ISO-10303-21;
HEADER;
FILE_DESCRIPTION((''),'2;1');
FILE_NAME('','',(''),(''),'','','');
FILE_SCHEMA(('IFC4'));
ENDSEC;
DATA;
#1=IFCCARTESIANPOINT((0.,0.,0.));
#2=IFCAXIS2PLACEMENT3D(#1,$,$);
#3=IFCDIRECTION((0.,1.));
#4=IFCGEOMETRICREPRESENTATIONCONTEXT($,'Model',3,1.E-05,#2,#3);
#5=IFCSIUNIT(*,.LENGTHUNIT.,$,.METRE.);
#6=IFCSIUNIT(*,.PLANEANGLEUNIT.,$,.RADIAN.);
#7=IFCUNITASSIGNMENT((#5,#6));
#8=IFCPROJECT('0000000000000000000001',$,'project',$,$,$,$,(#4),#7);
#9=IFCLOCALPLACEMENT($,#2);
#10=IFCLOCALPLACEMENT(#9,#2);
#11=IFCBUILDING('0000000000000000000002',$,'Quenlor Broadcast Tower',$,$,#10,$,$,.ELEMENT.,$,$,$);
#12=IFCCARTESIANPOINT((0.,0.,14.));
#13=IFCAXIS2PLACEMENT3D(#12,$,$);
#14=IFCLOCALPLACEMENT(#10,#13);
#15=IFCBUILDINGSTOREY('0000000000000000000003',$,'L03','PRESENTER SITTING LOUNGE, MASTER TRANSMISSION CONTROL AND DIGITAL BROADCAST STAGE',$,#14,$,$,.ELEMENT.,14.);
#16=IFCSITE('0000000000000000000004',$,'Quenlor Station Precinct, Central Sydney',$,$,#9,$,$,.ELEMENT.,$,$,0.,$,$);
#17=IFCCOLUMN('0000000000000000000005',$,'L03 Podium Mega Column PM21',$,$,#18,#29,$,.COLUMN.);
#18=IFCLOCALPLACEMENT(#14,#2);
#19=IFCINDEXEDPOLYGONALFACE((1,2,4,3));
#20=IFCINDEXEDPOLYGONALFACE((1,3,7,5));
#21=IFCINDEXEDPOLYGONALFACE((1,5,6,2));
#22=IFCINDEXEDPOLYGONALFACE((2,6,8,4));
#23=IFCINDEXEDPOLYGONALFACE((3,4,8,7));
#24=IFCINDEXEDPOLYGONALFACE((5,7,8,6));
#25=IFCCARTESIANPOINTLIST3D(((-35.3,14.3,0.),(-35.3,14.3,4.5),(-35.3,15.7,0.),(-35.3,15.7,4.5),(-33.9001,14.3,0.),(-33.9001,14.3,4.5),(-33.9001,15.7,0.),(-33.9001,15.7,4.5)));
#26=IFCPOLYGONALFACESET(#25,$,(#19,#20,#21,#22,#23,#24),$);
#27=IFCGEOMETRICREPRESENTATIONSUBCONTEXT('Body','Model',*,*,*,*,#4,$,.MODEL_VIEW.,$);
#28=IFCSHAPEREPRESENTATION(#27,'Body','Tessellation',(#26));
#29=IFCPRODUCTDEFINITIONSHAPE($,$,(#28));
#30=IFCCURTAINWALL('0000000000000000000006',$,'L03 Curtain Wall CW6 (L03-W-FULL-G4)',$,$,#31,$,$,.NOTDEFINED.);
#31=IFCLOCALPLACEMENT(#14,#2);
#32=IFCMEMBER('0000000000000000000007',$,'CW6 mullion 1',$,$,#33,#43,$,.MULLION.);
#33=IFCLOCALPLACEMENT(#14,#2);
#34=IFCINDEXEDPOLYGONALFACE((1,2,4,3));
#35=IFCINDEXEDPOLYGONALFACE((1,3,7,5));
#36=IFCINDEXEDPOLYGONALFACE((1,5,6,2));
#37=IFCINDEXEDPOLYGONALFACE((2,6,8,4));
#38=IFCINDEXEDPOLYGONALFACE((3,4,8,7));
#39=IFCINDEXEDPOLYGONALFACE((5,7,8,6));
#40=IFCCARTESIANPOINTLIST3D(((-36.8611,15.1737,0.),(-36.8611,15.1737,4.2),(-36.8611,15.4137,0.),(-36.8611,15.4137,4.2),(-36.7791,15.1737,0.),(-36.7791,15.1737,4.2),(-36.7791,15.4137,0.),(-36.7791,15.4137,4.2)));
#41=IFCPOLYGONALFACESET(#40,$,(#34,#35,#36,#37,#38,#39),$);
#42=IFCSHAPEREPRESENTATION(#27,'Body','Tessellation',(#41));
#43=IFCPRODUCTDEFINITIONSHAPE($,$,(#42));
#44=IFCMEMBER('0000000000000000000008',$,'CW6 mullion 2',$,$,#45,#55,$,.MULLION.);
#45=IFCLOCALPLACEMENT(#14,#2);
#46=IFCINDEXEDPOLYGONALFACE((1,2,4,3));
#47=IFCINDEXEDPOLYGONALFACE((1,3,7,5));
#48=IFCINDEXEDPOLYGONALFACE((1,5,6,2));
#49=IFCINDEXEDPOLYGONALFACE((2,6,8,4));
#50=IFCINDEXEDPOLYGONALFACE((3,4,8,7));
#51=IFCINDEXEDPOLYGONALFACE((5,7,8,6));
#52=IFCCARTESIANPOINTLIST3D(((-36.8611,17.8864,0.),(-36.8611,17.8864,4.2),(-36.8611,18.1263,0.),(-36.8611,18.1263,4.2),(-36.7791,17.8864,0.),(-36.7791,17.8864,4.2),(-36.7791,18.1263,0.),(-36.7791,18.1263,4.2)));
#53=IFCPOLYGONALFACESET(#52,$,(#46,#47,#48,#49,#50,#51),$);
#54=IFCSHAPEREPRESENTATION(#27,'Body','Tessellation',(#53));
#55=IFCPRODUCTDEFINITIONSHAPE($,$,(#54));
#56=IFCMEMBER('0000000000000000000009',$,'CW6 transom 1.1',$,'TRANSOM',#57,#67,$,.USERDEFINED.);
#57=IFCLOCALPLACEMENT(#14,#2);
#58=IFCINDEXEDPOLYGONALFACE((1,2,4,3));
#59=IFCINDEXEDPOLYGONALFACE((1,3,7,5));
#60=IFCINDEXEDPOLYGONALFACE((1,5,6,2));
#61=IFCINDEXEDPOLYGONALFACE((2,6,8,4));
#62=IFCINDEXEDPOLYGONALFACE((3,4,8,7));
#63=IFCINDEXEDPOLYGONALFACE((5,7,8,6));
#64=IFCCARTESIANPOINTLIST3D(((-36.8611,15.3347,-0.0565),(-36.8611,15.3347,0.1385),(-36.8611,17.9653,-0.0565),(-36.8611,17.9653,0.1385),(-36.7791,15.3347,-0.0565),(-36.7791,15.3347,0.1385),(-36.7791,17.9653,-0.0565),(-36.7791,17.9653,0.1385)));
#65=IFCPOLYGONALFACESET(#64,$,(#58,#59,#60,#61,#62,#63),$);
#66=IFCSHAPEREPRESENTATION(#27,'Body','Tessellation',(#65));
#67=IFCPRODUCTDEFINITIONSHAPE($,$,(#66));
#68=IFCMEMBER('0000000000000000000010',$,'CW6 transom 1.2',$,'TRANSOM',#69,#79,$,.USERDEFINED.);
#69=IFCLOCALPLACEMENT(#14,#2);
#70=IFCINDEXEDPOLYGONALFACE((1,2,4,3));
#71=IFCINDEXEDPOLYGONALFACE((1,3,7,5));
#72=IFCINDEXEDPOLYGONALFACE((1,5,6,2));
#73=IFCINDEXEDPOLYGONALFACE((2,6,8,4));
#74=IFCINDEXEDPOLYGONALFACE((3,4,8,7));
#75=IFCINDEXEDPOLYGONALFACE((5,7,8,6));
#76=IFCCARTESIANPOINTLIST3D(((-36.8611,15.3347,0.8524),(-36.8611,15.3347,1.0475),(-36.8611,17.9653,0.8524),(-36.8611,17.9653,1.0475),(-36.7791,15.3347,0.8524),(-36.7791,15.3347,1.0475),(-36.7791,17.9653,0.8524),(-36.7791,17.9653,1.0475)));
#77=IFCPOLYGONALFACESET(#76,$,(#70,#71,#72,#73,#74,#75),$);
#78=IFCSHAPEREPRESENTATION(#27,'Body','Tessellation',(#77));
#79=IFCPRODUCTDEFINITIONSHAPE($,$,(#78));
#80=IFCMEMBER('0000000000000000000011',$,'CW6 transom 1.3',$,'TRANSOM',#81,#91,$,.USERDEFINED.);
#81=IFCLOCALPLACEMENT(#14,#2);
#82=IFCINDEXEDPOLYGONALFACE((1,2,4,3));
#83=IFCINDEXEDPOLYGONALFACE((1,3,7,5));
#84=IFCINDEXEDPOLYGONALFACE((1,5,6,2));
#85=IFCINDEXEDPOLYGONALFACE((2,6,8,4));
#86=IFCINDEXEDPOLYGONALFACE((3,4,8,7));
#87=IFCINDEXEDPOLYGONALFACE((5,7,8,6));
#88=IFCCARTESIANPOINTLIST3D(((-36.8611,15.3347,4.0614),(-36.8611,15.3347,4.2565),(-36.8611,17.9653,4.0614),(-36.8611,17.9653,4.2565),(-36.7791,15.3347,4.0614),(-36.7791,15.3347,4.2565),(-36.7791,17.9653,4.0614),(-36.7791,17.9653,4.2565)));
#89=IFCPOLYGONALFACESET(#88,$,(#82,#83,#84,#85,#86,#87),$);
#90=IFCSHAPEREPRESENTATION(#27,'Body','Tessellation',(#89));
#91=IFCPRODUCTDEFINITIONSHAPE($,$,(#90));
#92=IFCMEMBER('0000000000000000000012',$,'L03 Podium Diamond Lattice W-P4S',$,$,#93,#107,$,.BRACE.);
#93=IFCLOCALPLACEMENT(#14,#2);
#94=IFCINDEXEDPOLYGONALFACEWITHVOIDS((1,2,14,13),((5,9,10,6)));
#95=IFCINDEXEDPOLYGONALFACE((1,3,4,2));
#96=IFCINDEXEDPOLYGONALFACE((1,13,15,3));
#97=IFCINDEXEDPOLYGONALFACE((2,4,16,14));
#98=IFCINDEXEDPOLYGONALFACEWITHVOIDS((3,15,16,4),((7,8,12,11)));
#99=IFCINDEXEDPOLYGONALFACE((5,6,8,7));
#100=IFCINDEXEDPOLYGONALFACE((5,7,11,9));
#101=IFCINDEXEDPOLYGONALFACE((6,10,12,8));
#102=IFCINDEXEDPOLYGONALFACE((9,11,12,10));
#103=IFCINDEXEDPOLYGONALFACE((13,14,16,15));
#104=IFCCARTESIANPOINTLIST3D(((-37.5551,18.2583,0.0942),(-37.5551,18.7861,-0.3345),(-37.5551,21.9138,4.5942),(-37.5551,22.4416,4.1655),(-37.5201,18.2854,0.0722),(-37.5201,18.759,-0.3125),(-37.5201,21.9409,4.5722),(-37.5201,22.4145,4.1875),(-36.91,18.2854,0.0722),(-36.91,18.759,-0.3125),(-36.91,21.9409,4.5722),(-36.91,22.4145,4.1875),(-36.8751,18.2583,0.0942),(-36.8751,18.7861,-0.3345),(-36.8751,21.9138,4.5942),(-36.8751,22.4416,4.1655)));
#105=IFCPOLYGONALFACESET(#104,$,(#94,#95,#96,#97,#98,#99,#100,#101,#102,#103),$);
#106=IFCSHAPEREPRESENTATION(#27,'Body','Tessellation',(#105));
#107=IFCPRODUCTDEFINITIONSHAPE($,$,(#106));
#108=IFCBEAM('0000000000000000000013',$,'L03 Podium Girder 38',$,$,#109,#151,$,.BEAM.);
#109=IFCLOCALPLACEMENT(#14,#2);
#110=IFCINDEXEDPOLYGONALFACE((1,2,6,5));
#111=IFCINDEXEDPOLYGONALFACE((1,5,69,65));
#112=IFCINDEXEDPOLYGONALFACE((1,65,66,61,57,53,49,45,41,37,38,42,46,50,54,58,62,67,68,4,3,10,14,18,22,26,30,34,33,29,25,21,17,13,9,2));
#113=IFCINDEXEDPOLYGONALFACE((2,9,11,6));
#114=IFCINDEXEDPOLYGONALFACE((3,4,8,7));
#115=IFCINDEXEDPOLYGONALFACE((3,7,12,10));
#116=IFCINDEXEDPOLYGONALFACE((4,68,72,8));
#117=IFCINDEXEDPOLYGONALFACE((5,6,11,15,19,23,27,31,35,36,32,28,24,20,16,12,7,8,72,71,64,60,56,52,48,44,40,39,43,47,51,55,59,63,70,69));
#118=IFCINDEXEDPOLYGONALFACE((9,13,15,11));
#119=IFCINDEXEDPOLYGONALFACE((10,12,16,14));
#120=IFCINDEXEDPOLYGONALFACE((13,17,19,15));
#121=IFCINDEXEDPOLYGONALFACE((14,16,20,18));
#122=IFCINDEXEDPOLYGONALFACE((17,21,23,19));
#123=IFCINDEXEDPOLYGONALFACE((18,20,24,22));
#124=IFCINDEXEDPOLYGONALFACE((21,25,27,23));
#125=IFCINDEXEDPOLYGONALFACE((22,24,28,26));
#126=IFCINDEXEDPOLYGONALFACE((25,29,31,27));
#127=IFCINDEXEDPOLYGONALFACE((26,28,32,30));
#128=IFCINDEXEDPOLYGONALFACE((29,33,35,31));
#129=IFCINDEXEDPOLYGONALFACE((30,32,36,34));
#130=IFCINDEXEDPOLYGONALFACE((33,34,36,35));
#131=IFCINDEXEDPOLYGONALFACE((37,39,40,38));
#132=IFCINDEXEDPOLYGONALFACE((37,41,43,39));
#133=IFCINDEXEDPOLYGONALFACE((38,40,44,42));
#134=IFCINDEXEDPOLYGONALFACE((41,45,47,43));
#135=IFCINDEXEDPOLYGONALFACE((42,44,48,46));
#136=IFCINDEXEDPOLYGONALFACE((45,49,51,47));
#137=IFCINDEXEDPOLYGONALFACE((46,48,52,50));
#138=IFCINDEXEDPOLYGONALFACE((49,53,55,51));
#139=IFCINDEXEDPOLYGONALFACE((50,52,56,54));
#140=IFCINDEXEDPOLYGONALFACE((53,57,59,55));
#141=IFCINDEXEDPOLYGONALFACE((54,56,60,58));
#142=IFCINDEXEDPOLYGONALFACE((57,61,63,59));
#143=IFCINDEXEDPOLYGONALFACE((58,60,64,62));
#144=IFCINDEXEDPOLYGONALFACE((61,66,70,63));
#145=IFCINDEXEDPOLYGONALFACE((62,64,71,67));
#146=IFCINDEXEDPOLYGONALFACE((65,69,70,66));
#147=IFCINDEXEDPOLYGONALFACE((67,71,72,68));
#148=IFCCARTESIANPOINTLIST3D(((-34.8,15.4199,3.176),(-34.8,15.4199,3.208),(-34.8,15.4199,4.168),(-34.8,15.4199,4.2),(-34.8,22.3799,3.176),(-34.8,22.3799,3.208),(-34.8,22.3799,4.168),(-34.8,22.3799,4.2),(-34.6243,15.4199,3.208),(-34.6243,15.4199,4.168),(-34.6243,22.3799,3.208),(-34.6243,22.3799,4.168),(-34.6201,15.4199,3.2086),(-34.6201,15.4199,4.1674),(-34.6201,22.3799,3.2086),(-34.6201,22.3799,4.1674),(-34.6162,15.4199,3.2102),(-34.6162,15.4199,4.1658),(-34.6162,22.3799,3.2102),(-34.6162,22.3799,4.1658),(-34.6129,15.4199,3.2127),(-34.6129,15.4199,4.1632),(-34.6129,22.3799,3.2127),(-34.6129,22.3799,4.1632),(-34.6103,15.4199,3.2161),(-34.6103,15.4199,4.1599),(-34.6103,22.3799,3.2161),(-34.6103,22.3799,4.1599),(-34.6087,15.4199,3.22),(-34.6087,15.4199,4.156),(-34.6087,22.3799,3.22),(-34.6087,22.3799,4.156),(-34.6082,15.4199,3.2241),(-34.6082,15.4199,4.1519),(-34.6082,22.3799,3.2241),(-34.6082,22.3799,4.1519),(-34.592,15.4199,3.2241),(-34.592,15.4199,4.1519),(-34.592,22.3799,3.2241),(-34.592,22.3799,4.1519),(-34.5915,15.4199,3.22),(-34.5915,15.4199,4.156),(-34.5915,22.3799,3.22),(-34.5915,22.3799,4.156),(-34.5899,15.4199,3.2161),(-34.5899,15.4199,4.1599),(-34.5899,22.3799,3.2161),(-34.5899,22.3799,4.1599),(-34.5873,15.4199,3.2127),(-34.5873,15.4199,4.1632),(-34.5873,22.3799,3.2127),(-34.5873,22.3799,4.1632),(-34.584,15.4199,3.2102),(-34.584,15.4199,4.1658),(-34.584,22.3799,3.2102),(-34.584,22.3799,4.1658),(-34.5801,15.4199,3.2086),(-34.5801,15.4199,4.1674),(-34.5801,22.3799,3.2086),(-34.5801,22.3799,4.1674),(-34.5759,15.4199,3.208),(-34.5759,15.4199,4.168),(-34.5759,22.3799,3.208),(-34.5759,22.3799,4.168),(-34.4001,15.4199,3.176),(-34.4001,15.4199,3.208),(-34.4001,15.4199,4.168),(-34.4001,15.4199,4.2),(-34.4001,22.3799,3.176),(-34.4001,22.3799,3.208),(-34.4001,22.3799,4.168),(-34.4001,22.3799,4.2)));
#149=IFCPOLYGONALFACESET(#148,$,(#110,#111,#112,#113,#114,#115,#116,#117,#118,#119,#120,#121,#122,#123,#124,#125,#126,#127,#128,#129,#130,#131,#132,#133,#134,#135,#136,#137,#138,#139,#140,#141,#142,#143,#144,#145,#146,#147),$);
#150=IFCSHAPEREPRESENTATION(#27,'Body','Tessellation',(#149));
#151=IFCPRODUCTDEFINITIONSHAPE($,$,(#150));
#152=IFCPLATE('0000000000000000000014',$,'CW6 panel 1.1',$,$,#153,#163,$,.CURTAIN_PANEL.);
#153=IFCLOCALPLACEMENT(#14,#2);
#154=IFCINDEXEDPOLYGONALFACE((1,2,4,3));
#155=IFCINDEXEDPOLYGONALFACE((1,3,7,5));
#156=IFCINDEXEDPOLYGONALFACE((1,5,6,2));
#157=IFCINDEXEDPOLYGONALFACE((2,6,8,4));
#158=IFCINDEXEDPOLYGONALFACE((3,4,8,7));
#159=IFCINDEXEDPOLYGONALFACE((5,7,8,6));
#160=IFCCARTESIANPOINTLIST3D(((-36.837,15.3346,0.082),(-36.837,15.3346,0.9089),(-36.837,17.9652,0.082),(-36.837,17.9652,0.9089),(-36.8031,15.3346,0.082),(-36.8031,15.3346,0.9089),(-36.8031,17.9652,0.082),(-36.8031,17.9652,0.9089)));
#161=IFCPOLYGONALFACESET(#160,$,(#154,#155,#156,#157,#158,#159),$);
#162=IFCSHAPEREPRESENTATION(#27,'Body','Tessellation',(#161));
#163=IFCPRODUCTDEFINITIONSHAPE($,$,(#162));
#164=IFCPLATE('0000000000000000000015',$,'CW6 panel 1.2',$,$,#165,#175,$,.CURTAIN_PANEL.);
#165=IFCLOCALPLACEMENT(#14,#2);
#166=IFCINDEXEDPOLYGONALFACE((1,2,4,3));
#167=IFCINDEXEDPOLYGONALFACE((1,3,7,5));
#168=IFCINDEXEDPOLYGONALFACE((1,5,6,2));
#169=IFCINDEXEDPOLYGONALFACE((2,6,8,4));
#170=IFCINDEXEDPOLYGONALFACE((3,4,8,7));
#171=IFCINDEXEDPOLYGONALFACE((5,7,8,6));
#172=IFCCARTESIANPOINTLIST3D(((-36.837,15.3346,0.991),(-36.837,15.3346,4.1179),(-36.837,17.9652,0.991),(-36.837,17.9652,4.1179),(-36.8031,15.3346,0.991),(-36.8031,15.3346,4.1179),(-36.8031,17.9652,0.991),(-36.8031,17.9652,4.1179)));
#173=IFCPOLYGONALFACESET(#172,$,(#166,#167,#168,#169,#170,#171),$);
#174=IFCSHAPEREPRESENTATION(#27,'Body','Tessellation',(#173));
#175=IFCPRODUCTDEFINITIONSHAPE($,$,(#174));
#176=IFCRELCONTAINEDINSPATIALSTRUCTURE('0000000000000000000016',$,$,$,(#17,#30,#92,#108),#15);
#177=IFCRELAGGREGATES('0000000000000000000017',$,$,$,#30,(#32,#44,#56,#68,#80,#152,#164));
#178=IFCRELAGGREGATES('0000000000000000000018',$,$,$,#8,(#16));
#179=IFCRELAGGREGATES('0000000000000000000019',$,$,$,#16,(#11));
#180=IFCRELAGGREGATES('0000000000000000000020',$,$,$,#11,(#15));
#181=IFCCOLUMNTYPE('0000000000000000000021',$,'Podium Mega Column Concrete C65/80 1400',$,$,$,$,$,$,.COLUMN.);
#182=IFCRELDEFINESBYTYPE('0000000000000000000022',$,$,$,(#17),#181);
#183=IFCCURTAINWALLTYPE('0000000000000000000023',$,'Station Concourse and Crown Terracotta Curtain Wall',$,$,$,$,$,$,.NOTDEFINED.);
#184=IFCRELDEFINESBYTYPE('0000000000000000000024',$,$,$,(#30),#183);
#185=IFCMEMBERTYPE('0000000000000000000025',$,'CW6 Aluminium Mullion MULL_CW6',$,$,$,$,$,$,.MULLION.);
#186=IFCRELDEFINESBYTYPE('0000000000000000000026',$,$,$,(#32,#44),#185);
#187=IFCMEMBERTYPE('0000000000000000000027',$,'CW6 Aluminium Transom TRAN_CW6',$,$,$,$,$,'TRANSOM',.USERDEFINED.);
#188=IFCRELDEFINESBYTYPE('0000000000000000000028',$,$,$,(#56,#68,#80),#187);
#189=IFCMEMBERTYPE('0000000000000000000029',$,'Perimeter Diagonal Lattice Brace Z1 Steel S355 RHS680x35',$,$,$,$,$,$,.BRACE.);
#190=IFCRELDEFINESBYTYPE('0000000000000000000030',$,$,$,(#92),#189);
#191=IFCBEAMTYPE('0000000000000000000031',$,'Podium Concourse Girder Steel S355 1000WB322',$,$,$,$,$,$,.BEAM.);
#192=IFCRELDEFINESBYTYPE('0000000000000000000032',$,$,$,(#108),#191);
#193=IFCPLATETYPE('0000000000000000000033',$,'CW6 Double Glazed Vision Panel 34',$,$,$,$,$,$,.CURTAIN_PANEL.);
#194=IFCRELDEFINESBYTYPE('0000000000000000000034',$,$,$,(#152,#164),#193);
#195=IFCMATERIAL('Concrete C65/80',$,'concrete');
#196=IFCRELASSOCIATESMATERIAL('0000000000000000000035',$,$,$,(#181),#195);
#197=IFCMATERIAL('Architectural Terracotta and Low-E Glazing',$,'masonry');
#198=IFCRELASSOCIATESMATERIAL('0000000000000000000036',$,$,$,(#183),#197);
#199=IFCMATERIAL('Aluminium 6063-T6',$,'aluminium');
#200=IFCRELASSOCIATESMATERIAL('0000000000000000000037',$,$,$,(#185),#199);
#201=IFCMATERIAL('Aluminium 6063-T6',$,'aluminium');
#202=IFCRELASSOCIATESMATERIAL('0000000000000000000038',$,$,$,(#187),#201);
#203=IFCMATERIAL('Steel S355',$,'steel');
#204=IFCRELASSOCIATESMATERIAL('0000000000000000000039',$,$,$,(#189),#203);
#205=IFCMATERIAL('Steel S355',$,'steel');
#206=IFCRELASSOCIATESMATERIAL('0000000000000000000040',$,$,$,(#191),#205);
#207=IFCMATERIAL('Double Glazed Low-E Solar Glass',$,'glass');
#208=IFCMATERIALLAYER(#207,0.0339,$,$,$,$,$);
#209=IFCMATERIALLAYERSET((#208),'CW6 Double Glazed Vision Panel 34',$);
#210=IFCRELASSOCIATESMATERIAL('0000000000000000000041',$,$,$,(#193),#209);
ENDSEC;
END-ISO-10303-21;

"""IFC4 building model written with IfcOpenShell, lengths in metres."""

from ifc_helpers import new_model, si_unit, direction, frame, origin, origin_2d, place, context, subcontext, project, spatial, rectangle, hollow_rectangle, i_section, extrude, material, layer, layer_set, material_profile, profile_set, type_object, element, aggregate, save


model = new_model("IFC4")

# Units and contexts
model_context = context("Model", 3, precision=1e-05, world=origin(), true_north=direction((0.0, 1.0)))
body_context = subcontext(model_context, "Body", "Model", "MODEL_VIEW")
ifc_project = project(units=[si_unit("LENGTHUNIT", "METRE"), si_unit("PLANEANGLEUNIT", "RADIAN")], contexts=[model_context])

# Site, building, storey
site_placement = place(None, origin())
site = spatial("IfcSite", under=ifc_project, at=site_placement, Name="Quenlor Station Precinct, Central Sydney", CompositionType="ELEMENT", RefElevation=0.0)
building_placement = place(site_placement, origin())
building = spatial("IfcBuilding", under=site, at=building_placement, Name="Quenlor Broadcast Tower", CompositionType="ELEMENT")
storey_placement = place(building_placement, frame((0.0, 0.0, 14.0)))
storey = spatial("IfcBuildingStorey", under=building, at=storey_placement, Name="L03", Description="PRESENTER SITTING LOUNGE, MASTER TRANSMISSION CONTROL AND DIGITAL BROADCAST STAGE", CompositionType="ELEMENT", Elevation=14.0)

# Column
ifc_material_1 = material(Name="Concrete C65/80", Category="concrete")
ifc_material_profile_1 = material_profile(ifc_material_1, rectangle(XDim=1.3999, YDim=1.3999, at=origin_2d()))
ifc_profile_set_1 = profile_set([ifc_material_profile_1], Name="Concrete C65/80 RC1400x1400")
column_type = type_object("IfcColumnType", Name="Podium Mega Column Concrete C65/80 1400", PredefinedType="COLUMN", material=ifc_profile_set_1)
column_placement = place(storey_placement, frame((-34.6001, 15.0, 0.0), z_axis=(0.0, 0.0, 1.0), x_axis=(1.0, 0.0, 0.0)))
element("IfcColumn", 1, at=column_placement, inside=storey, type_object=column_type, Name="L03 Podium Mega Column PM21", PredefinedType="COLUMN", context=body_context, shape_type="SweptSolid", body=[
    extrude(rectangle(XDim=1.3999, YDim=1.3999, at=origin_2d()), origin(), (0.0, 0.0, 1.0), 4.5),
])

# Curtain wall, members
ifc_material_2 = material(Name="Architectural Terracotta and Low-E Glazing", Category="masonry")
curtain_wall_type = type_object("IfcCurtainWallType", Name="Station Concourse and Crown Terracotta Curtain Wall", PredefinedType="NOTDEFINED", material=ifc_material_2)
curtain_wall_placement = place(storey_placement, origin())
curtain_wall = element("IfcCurtainWall", 2, at=curtain_wall_placement, inside=storey, type_object=curtain_wall_type, Name="L03 Curtain Wall CW6 (L03-W-FULL-G4)", PredefinedType="NOTDEFINED")
ifc_material_3 = material(Name="Aluminium 6063-T6", Category="aluminium")
ifc_material_profile_2 = material_profile(ifc_material_3, rectangle(XDim=0.082, YDim=0.24, at=origin_2d()))
ifc_profile_set_2 = profile_set([ifc_material_profile_2], Name="Aluminium 6063-T6 MULL82x240")
member_type_1 = type_object("IfcMemberType", Name="CW6 Aluminium Mullion MULL_CW6", PredefinedType="MULLION", material=ifc_profile_set_2)
member_1_placement = place(storey_placement, frame((-36.8201, 15.2937, 0.0), z_axis=(0.0, 0.0, 1.0), x_axis=(-1.0, 0.0, 0.0)))
member_1 = element("IfcMember", 3, at=member_1_placement, type_object=member_type_1, Name="CW6 mullion 1", PredefinedType="MULLION", context=body_context, shape_type="SweptSolid", body=[
    extrude(rectangle(XDim=0.082, YDim=0.24, at=origin_2d()), origin(), (0.0, 0.0, 1.0), 4.2),
])
member_2_placement = place(storey_placement, frame((-36.8201, 18.0063, 0.0), z_axis=(0.0, 0.0, 1.0), x_axis=(-1.0, 0.0, 0.0)))
member_2 = element("IfcMember", 4, at=member_2_placement, type_object=member_type_1, Name="CW6 mullion 2", PredefinedType="MULLION", context=body_context, shape_type="SweptSolid", body=[
    extrude(rectangle(XDim=0.082, YDim=0.24, at=origin_2d()), origin(), (0.0, 0.0, 1.0), 4.2),
])
ifc_material_4 = material(Name="Aluminium 6063-T6", Category="aluminium")
ifc_material_profile_3 = material_profile(ifc_material_4, rectangle(XDim=0.082, YDim=0.1951, at=origin_2d()))
ifc_profile_set_3 = profile_set([ifc_material_profile_3], Name="Aluminium 6063-T6 TRAN82x195")
member_type_2 = type_object("IfcMemberType", Name="CW6 Aluminium Transom TRAN_CW6", ElementType="TRANSOM", PredefinedType="USERDEFINED", material=ifc_profile_set_3)
member_3_placement = place(storey_placement, frame((-36.8201, 15.3347, 0.041), z_axis=(0.0, 1.0, 0.0), x_axis=(-1.0, 0.0, 0.0)))
member_3 = element("IfcMember", 5, at=member_3_placement, type_object=member_type_2, Name="CW6 transom 1.1", ObjectType="TRANSOM", PredefinedType="USERDEFINED", context=body_context, shape_type="SweptSolid", body=[
    extrude(rectangle(XDim=0.082, YDim=0.1951, at=origin_2d()), origin(), (0.0, 0.0, 1.0), 2.6306),
])
member_4_placement = place(storey_placement, frame((-36.8201, 15.3347, 0.95), z_axis=(0.0, 1.0, 0.0), x_axis=(-1.0, 0.0, 0.0)))
member_4 = element("IfcMember", 6, at=member_4_placement, type_object=member_type_2, Name="CW6 transom 1.2", ObjectType="TRANSOM", PredefinedType="USERDEFINED", context=body_context, shape_type="SweptSolid", body=[
    extrude(rectangle(XDim=0.082, YDim=0.1951, at=origin_2d()), origin(), (0.0, 0.0, 1.0), 2.6306),
])
member_5_placement = place(storey_placement, frame((-36.8201, 15.3347, 4.1589), z_axis=(0.0, 1.0, 0.0), x_axis=(-1.0, 0.0, 0.0)))
member_5 = element("IfcMember", 7, at=member_5_placement, type_object=member_type_2, Name="CW6 transom 1.3", ObjectType="TRANSOM", PredefinedType="USERDEFINED", context=body_context, shape_type="SweptSolid", body=[
    extrude(rectangle(XDim=0.082, YDim=0.1951, at=origin_2d()), origin(), (0.0, 0.0, 1.0), 2.6306),
])

# Member
ifc_material_5 = material(Name="Steel S355", Category="steel")
ifc_material_profile_4 = material_profile(ifc_material_5, hollow_rectangle(XDim=0.6799, YDim=0.6799, WallThickness=0.0349, at=origin_2d()))
ifc_profile_set_4 = profile_set([ifc_material_profile_4], Name="Steel S355 RHS680x680x35")
member_type_3 = type_object("IfcMemberType", Name="Perimeter Diagonal Lattice Brace Z1 Steel S355 RHS680x35", PredefinedType="BRACE", material=ifc_profile_set_4)
member_6_placement = place(storey_placement, frame((-37.2151, 18.5222, -0.1201), z_axis=(0.0, 0.630517, 0.776176), x_axis=(-1.0, 0.0, 0.0)))
element("IfcMember", 8, at=member_6_placement, inside=storey, type_object=member_type_3, Name="L03 Podium Diamond Lattice W-P4S", PredefinedType="BRACE", context=body_context, shape_type="SweptSolid", body=[
    extrude(hollow_rectangle(XDim=0.6799, YDim=0.6799, WallThickness=0.0349, at=origin_2d()), origin(), (0.0, 0.0, 1.0), 5.7976),
])

# Beam
ifc_material_6 = material(Name="Steel S355", Category="steel")
ifc_material_profile_5 = material_profile(ifc_material_6, i_section(OverallWidth=0.3999, OverallDepth=1.0239, WebThickness=0.0161, FlangeThickness=0.032, FilletRadius=0.0161, at=origin_2d()))
ifc_profile_set_5 = profile_set([ifc_material_profile_5], Name="Steel S355 1000WB322")
beam_type = type_object("IfcBeamType", Name="Podium Concourse Girder Steel S355 1000WB322", PredefinedType="BEAM", material=ifc_profile_set_5)
beam_placement = place(storey_placement, frame((-34.6001, 15.4199, 3.688), z_axis=(0.0, 1.0, 0.0), x_axis=(-1.0, 0.0, 0.0)))
element("IfcBeam", 9, at=beam_placement, inside=storey, type_object=beam_type, Name="L03 Podium Girder 38", PredefinedType="BEAM", context=body_context, shape_type="SweptSolid", body=[
    extrude(i_section(OverallWidth=0.3999, OverallDepth=1.0239, WebThickness=0.0161, FlangeThickness=0.032, FilletRadius=0.0161, at=origin_2d()), origin(), (0.0, 0.0, 1.0), 6.96),
])

# Plates
ifc_material_7 = material(Name="Double Glazed Low-E Solar Glass", Category="glass")
ifc_layer_1 = layer(ifc_material_7, 0.0339)
ifc_layer_set_1 = layer_set([ifc_layer_1], Name="CW6 Double Glazed Vision Panel 34")
plate_type_1 = type_object("IfcPlateType", Name="CW6 Double Glazed Vision Panel 34", PredefinedType="CURTAIN_PANEL", material=ifc_layer_set_1)
plate_1_placement = place(storey_placement, frame((-36.8201, 16.6499, 0.082), z_axis=(0.0, 0.0, 1.0), x_axis=(0.0, 1.0, 0.0)))
plate_1 = element("IfcPlate", 10, at=plate_1_placement, type_object=plate_type_1, Name="CW6 panel 1.1", PredefinedType="CURTAIN_PANEL", context=body_context, shape_type="SweptSolid", body=[
    extrude(rectangle(XDim=2.6306, YDim=0.0339, at=origin_2d()), origin(), (0.0, 0.0, 1.0), 0.8269),
])
plate_2_placement = place(storey_placement, frame((-36.8201, 16.6499, 0.991), z_axis=(0.0, 0.0, 1.0), x_axis=(0.0, 1.0, 0.0)))
plate_2 = element("IfcPlate", 11, at=plate_2_placement, type_object=plate_type_1, Name="CW6 panel 1.2", PredefinedType="CURTAIN_PANEL", context=body_context, shape_type="SweptSolid", body=[
    extrude(rectangle(XDim=2.6306, YDim=0.0339, at=origin_2d()), origin(), (0.0, 0.0, 1.0), 3.127),
])
aggregate(curtain_wall, [member_1, member_2, member_3, member_4, member_5, plate_1, plate_2])

save(model, "model.ifc")
